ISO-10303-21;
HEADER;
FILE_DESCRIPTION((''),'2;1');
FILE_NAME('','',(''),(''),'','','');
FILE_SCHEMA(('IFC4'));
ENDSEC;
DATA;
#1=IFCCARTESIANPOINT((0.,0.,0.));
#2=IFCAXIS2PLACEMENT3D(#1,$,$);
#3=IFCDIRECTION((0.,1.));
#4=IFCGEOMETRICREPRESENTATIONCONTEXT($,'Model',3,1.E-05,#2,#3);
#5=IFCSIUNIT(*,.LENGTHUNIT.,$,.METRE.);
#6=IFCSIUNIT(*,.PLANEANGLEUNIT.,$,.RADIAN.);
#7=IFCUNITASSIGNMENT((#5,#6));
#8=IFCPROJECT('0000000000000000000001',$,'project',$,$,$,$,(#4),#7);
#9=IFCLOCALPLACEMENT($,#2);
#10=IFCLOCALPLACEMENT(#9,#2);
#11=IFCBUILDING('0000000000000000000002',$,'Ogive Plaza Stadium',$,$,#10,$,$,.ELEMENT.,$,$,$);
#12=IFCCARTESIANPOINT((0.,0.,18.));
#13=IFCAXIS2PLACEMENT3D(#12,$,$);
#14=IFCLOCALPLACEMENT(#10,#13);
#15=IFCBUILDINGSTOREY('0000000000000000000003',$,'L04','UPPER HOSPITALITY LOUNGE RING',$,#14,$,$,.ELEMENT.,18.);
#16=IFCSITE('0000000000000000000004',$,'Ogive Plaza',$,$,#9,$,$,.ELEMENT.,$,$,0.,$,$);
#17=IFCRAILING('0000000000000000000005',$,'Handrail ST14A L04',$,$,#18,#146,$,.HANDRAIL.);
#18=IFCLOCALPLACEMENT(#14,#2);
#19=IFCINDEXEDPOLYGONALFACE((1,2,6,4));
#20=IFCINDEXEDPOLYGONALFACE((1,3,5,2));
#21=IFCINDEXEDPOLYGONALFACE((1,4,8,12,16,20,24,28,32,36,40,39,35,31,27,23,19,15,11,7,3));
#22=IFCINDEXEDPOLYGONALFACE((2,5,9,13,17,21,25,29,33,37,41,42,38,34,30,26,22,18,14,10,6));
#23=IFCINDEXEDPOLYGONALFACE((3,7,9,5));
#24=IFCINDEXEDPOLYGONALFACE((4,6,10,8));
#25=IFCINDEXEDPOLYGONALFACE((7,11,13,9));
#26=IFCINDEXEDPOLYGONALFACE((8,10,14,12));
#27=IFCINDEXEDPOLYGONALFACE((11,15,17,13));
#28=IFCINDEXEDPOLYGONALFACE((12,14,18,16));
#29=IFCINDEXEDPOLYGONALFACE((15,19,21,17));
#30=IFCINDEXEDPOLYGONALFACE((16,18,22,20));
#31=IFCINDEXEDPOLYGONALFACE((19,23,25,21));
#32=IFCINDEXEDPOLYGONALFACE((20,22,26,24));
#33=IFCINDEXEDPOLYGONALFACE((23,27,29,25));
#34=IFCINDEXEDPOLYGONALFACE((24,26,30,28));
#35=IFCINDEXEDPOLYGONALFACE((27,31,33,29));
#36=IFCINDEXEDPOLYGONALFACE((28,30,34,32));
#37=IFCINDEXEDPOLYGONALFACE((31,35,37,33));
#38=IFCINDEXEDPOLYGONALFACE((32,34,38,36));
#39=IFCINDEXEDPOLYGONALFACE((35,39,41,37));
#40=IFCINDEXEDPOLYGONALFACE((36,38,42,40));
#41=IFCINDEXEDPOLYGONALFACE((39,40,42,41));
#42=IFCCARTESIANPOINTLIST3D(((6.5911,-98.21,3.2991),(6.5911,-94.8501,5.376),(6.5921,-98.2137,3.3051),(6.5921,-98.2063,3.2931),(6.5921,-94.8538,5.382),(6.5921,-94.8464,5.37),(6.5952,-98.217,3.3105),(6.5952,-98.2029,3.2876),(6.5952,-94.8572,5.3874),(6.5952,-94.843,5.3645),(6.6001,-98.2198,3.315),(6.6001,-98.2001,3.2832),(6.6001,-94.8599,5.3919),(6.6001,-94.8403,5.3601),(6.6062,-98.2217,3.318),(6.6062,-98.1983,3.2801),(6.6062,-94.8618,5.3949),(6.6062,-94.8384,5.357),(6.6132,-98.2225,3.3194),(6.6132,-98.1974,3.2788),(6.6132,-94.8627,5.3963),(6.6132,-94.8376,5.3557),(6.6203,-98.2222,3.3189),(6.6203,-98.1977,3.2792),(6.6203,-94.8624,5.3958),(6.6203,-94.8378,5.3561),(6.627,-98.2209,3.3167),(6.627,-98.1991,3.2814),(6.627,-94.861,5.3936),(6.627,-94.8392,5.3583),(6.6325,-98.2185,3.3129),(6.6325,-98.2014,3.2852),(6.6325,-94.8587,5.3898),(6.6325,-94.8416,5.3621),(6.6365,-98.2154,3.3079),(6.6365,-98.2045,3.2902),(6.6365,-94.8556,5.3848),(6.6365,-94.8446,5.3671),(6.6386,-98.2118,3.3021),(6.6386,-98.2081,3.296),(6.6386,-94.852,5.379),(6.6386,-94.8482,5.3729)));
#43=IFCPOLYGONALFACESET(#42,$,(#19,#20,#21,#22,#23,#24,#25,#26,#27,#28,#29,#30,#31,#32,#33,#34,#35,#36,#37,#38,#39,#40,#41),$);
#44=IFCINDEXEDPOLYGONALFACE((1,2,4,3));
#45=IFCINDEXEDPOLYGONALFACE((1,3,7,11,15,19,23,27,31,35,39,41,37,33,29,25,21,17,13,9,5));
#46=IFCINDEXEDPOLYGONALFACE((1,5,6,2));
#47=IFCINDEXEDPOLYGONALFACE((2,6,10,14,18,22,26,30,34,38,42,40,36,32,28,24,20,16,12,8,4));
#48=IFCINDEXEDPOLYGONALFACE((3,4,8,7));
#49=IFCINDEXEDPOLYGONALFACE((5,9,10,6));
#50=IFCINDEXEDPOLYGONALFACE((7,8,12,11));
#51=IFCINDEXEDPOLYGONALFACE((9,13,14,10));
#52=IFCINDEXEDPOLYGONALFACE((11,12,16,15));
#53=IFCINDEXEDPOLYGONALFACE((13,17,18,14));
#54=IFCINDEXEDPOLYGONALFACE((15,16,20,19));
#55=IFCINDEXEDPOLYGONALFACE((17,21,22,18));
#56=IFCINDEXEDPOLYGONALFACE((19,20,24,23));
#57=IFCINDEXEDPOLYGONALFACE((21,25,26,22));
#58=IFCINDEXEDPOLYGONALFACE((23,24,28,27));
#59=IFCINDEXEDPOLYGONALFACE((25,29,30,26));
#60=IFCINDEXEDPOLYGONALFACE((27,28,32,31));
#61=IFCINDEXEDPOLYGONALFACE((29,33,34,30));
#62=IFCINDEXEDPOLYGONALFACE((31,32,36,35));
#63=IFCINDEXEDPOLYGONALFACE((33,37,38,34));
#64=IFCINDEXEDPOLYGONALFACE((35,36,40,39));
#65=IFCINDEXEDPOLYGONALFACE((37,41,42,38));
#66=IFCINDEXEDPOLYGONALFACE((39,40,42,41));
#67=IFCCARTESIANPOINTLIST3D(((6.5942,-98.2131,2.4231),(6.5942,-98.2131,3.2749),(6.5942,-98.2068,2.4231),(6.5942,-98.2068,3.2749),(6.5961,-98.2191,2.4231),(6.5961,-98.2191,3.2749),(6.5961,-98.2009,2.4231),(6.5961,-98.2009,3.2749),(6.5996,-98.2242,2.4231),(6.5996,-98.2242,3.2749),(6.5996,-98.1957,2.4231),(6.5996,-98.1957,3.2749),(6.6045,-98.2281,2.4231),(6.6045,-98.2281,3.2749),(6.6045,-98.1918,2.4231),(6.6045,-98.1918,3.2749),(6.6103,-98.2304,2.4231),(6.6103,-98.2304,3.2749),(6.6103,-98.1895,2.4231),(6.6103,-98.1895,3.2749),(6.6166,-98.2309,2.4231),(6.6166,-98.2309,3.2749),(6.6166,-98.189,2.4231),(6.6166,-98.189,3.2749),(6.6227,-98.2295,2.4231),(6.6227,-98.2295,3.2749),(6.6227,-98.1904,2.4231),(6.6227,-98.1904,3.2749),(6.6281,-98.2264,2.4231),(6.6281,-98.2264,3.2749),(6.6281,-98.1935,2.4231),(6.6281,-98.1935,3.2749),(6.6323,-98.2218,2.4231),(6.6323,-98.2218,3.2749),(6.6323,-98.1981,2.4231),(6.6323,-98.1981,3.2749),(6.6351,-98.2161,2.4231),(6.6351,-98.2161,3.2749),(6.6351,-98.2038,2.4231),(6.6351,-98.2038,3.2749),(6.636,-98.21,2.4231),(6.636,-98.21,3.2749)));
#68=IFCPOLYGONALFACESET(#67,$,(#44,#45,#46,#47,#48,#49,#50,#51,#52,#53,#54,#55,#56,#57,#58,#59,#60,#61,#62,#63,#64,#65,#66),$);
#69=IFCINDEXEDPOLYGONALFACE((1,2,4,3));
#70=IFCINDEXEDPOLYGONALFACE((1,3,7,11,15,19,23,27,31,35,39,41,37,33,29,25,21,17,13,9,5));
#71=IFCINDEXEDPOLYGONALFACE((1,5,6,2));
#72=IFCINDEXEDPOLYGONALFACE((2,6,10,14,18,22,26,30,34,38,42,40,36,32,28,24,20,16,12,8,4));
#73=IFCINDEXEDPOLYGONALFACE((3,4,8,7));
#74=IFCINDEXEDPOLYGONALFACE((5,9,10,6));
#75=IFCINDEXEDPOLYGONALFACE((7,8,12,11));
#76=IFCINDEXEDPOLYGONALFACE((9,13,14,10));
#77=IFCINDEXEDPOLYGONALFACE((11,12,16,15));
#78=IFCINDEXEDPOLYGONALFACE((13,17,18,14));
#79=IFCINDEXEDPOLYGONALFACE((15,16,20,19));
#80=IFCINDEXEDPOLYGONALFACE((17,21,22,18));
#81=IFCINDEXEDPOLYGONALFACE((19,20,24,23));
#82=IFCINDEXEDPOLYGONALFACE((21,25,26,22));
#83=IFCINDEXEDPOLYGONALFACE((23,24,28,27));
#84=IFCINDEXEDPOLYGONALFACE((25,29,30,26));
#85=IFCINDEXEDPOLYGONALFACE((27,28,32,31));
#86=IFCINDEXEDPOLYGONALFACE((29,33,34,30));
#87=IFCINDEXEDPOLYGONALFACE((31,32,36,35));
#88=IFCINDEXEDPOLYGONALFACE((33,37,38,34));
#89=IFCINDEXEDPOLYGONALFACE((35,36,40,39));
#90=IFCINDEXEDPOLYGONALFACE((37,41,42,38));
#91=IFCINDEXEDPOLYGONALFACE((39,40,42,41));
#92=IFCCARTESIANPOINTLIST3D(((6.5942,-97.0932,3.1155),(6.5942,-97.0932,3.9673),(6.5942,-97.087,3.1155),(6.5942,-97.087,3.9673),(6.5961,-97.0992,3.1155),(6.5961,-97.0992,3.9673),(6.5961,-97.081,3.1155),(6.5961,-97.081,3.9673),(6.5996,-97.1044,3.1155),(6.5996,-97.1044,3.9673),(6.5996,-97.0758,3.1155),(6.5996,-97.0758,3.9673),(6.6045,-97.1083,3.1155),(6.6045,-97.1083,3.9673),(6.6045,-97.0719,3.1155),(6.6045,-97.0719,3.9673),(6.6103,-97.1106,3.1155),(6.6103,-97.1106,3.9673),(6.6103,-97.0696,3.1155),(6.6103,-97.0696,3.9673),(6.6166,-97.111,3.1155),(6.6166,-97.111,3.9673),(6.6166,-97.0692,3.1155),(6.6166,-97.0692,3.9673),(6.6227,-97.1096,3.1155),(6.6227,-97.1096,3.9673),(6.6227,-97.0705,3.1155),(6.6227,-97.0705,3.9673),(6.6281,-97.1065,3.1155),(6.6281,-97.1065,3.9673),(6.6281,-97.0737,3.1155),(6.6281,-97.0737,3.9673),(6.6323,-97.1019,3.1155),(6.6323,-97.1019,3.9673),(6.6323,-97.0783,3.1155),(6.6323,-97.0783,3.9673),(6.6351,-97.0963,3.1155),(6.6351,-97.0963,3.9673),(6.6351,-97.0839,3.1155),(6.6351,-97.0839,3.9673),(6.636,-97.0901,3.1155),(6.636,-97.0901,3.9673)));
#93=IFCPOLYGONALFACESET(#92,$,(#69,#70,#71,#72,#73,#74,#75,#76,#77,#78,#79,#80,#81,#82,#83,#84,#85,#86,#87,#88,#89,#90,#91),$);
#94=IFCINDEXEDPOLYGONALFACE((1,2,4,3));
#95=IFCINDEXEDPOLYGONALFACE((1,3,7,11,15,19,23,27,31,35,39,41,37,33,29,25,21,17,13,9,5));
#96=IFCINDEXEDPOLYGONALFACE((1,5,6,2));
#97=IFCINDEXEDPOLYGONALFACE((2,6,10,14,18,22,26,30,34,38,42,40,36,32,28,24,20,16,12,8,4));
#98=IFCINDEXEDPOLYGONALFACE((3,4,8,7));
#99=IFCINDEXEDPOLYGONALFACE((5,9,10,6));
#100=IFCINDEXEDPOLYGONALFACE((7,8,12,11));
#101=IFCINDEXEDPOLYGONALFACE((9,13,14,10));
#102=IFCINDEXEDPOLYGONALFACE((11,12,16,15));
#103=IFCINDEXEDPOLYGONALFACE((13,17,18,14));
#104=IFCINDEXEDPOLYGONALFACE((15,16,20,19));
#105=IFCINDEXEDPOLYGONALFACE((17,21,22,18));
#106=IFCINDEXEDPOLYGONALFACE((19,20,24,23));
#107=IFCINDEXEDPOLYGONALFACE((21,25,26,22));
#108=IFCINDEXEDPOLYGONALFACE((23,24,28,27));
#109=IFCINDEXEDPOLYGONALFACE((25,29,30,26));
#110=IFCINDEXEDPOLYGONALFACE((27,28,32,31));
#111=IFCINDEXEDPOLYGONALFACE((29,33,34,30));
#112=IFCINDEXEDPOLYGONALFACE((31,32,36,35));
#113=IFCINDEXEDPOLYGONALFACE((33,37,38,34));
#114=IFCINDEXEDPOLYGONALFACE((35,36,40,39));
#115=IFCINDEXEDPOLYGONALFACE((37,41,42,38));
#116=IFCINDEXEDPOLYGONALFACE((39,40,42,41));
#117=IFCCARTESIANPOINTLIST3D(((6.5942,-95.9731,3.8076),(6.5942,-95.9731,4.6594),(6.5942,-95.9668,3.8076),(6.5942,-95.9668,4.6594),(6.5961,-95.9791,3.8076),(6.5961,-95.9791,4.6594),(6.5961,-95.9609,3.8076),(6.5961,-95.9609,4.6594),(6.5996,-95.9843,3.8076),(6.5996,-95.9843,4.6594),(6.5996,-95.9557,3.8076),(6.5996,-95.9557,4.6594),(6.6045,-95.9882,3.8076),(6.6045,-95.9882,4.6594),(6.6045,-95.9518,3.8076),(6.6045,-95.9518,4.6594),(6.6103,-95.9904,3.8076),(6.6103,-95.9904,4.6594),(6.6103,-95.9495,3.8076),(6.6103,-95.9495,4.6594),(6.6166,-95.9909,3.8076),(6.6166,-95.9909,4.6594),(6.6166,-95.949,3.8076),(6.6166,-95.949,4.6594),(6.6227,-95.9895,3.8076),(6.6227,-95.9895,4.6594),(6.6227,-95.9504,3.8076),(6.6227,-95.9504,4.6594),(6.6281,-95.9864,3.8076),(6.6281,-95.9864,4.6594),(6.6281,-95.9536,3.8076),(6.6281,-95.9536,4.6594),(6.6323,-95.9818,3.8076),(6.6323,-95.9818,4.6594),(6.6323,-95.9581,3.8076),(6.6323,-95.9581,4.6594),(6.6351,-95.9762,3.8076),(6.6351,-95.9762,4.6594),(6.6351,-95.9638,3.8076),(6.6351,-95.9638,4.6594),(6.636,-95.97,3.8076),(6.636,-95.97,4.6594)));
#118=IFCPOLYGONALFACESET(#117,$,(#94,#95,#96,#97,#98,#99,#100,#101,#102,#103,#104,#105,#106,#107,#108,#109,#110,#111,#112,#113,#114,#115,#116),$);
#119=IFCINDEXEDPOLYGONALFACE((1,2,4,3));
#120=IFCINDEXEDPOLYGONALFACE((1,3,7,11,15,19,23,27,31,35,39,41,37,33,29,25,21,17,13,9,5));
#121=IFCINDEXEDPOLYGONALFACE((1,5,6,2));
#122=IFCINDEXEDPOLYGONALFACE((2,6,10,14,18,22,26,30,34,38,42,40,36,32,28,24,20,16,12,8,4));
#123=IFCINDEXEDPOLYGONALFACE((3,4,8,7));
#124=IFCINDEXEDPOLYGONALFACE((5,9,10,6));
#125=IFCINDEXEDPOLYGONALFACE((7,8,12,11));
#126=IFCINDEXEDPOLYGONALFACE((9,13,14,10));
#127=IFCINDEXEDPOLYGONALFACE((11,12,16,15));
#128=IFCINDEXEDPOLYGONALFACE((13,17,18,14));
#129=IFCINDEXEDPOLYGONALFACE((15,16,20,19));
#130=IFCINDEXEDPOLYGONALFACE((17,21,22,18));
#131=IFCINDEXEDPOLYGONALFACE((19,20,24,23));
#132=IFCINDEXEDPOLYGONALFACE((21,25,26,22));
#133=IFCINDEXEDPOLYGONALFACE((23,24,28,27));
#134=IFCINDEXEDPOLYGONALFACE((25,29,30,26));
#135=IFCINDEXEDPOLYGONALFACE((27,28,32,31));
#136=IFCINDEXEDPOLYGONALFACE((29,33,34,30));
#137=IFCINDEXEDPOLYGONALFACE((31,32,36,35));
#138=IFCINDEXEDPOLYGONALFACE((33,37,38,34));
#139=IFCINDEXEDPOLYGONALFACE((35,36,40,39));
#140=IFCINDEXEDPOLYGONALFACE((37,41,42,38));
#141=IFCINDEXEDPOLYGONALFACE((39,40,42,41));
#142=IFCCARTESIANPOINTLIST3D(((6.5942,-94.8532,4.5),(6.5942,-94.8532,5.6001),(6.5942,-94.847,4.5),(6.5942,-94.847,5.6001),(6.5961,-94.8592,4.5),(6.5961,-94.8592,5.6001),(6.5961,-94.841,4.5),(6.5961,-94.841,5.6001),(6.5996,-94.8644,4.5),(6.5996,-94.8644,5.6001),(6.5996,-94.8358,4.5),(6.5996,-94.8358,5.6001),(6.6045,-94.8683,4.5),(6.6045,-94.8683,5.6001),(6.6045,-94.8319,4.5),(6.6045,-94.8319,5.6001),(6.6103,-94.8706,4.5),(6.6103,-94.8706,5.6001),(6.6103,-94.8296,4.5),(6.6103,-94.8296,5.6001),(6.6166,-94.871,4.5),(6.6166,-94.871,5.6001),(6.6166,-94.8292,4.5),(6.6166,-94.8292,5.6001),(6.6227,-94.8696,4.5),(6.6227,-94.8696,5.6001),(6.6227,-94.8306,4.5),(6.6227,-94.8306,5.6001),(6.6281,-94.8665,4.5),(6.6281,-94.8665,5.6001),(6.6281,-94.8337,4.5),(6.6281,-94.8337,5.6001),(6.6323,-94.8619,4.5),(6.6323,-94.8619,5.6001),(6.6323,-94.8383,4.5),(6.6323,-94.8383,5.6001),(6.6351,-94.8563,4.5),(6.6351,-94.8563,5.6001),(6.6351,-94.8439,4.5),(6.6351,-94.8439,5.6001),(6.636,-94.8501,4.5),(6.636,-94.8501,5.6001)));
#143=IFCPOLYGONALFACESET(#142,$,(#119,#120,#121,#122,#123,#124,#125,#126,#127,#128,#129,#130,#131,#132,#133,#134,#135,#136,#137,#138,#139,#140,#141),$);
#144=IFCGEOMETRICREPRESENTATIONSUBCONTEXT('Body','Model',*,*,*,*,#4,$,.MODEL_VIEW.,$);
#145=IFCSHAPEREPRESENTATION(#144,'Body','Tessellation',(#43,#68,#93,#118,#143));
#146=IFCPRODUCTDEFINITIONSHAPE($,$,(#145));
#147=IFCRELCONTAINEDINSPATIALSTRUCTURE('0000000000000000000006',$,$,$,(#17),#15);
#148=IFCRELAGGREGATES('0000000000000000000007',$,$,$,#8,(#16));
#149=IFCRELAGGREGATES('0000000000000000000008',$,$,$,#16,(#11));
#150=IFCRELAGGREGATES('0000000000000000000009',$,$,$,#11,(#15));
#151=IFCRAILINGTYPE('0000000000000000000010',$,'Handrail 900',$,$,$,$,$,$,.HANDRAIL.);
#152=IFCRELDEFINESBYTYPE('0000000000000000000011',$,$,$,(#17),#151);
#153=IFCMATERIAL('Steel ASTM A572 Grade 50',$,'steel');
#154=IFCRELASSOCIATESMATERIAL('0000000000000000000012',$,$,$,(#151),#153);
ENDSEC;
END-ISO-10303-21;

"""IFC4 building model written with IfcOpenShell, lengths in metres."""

from ifc_helpers import new_model, si_unit, direction, frame, origin, origin_2d, place, context, subcontext, project, spatial, circle, extrude, material, type_object, element, save


model = new_model("IFC4")

# Units and contexts
model_context = context("Model", 3, precision=1e-05, world=origin(), true_north=direction((0.0, 1.0)))
body_context = subcontext(model_context, "Body", "Model", "MODEL_VIEW")
ifc_project = project(units=[si_unit("LENGTHUNIT", "METRE"), si_unit("PLANEANGLEUNIT", "RADIAN")], contexts=[model_context])

# Site, building, storey
site_placement = place(None, origin())
site = spatial("IfcSite", under=ifc_project, at=site_placement, Name="Ogive Plaza", CompositionType="ELEMENT", RefElevation=0.0)
building_placement = place(site_placement, origin())
building = spatial("IfcBuilding", under=site, at=building_placement, Name="Ogive Plaza Stadium", CompositionType="ELEMENT")
storey_placement = place(building_placement, frame((0.0, 0.0, 18.0)))
storey = spatial("IfcBuildingStorey", under=building, at=storey_placement, Name="L04", Description="UPPER HOSPITALITY LOUNGE RING", CompositionType="ELEMENT", Elevation=18.0)

# Railing
ifc_material_1 = material(Name="Steel ASTM A572 Grade 50", Category="steel")
railing_type_1 = type_object("IfcRailingType", Name="Handrail 900", PredefinedType="HANDRAIL", material=ifc_material_1)
for number, where, name in (
    (1, (6.615, -98.21, 2.4231), "Handrail ST14A L04"),
):
    element("IfcRailing", number, at=place(storey_placement, frame(where)), inside=storey, type_object=railing_type_1, Name=name, PredefinedType="HANDRAIL", context=body_context, shape_type="SweptSolid", body=[
        extrude(circle(Radius=0.0239, at=origin_2d()), frame((0.0, 0.0, 0.876), z_axis=(0.0, 0.850606, 0.525803), x_axis=(-1.0, 0.0, 0.0)), (0.0, 0.0, 1.0), 3.95),
        extrude(circle(Radius=0.021, at=origin_2d()), origin(), (0.0, 0.0, 1.0), 0.8518),
        extrude(circle(Radius=0.021, at=origin_2d()), frame((0.0, 1.1199, 0.6924)), (0.0, 0.0, 1.0), 0.8518),
        extrude(circle(Radius=0.021, at=origin_2d()), frame((0.0, 2.24, 1.3845)), (0.0, 0.0, 1.0), 0.8518),
        extrude(circle(Radius=0.021, at=origin_2d()), frame((0.0, 3.3599, 2.0769)), (0.0, 0.0, 1.0), 1.1001),
    ])

save(model, "model.ifc")
